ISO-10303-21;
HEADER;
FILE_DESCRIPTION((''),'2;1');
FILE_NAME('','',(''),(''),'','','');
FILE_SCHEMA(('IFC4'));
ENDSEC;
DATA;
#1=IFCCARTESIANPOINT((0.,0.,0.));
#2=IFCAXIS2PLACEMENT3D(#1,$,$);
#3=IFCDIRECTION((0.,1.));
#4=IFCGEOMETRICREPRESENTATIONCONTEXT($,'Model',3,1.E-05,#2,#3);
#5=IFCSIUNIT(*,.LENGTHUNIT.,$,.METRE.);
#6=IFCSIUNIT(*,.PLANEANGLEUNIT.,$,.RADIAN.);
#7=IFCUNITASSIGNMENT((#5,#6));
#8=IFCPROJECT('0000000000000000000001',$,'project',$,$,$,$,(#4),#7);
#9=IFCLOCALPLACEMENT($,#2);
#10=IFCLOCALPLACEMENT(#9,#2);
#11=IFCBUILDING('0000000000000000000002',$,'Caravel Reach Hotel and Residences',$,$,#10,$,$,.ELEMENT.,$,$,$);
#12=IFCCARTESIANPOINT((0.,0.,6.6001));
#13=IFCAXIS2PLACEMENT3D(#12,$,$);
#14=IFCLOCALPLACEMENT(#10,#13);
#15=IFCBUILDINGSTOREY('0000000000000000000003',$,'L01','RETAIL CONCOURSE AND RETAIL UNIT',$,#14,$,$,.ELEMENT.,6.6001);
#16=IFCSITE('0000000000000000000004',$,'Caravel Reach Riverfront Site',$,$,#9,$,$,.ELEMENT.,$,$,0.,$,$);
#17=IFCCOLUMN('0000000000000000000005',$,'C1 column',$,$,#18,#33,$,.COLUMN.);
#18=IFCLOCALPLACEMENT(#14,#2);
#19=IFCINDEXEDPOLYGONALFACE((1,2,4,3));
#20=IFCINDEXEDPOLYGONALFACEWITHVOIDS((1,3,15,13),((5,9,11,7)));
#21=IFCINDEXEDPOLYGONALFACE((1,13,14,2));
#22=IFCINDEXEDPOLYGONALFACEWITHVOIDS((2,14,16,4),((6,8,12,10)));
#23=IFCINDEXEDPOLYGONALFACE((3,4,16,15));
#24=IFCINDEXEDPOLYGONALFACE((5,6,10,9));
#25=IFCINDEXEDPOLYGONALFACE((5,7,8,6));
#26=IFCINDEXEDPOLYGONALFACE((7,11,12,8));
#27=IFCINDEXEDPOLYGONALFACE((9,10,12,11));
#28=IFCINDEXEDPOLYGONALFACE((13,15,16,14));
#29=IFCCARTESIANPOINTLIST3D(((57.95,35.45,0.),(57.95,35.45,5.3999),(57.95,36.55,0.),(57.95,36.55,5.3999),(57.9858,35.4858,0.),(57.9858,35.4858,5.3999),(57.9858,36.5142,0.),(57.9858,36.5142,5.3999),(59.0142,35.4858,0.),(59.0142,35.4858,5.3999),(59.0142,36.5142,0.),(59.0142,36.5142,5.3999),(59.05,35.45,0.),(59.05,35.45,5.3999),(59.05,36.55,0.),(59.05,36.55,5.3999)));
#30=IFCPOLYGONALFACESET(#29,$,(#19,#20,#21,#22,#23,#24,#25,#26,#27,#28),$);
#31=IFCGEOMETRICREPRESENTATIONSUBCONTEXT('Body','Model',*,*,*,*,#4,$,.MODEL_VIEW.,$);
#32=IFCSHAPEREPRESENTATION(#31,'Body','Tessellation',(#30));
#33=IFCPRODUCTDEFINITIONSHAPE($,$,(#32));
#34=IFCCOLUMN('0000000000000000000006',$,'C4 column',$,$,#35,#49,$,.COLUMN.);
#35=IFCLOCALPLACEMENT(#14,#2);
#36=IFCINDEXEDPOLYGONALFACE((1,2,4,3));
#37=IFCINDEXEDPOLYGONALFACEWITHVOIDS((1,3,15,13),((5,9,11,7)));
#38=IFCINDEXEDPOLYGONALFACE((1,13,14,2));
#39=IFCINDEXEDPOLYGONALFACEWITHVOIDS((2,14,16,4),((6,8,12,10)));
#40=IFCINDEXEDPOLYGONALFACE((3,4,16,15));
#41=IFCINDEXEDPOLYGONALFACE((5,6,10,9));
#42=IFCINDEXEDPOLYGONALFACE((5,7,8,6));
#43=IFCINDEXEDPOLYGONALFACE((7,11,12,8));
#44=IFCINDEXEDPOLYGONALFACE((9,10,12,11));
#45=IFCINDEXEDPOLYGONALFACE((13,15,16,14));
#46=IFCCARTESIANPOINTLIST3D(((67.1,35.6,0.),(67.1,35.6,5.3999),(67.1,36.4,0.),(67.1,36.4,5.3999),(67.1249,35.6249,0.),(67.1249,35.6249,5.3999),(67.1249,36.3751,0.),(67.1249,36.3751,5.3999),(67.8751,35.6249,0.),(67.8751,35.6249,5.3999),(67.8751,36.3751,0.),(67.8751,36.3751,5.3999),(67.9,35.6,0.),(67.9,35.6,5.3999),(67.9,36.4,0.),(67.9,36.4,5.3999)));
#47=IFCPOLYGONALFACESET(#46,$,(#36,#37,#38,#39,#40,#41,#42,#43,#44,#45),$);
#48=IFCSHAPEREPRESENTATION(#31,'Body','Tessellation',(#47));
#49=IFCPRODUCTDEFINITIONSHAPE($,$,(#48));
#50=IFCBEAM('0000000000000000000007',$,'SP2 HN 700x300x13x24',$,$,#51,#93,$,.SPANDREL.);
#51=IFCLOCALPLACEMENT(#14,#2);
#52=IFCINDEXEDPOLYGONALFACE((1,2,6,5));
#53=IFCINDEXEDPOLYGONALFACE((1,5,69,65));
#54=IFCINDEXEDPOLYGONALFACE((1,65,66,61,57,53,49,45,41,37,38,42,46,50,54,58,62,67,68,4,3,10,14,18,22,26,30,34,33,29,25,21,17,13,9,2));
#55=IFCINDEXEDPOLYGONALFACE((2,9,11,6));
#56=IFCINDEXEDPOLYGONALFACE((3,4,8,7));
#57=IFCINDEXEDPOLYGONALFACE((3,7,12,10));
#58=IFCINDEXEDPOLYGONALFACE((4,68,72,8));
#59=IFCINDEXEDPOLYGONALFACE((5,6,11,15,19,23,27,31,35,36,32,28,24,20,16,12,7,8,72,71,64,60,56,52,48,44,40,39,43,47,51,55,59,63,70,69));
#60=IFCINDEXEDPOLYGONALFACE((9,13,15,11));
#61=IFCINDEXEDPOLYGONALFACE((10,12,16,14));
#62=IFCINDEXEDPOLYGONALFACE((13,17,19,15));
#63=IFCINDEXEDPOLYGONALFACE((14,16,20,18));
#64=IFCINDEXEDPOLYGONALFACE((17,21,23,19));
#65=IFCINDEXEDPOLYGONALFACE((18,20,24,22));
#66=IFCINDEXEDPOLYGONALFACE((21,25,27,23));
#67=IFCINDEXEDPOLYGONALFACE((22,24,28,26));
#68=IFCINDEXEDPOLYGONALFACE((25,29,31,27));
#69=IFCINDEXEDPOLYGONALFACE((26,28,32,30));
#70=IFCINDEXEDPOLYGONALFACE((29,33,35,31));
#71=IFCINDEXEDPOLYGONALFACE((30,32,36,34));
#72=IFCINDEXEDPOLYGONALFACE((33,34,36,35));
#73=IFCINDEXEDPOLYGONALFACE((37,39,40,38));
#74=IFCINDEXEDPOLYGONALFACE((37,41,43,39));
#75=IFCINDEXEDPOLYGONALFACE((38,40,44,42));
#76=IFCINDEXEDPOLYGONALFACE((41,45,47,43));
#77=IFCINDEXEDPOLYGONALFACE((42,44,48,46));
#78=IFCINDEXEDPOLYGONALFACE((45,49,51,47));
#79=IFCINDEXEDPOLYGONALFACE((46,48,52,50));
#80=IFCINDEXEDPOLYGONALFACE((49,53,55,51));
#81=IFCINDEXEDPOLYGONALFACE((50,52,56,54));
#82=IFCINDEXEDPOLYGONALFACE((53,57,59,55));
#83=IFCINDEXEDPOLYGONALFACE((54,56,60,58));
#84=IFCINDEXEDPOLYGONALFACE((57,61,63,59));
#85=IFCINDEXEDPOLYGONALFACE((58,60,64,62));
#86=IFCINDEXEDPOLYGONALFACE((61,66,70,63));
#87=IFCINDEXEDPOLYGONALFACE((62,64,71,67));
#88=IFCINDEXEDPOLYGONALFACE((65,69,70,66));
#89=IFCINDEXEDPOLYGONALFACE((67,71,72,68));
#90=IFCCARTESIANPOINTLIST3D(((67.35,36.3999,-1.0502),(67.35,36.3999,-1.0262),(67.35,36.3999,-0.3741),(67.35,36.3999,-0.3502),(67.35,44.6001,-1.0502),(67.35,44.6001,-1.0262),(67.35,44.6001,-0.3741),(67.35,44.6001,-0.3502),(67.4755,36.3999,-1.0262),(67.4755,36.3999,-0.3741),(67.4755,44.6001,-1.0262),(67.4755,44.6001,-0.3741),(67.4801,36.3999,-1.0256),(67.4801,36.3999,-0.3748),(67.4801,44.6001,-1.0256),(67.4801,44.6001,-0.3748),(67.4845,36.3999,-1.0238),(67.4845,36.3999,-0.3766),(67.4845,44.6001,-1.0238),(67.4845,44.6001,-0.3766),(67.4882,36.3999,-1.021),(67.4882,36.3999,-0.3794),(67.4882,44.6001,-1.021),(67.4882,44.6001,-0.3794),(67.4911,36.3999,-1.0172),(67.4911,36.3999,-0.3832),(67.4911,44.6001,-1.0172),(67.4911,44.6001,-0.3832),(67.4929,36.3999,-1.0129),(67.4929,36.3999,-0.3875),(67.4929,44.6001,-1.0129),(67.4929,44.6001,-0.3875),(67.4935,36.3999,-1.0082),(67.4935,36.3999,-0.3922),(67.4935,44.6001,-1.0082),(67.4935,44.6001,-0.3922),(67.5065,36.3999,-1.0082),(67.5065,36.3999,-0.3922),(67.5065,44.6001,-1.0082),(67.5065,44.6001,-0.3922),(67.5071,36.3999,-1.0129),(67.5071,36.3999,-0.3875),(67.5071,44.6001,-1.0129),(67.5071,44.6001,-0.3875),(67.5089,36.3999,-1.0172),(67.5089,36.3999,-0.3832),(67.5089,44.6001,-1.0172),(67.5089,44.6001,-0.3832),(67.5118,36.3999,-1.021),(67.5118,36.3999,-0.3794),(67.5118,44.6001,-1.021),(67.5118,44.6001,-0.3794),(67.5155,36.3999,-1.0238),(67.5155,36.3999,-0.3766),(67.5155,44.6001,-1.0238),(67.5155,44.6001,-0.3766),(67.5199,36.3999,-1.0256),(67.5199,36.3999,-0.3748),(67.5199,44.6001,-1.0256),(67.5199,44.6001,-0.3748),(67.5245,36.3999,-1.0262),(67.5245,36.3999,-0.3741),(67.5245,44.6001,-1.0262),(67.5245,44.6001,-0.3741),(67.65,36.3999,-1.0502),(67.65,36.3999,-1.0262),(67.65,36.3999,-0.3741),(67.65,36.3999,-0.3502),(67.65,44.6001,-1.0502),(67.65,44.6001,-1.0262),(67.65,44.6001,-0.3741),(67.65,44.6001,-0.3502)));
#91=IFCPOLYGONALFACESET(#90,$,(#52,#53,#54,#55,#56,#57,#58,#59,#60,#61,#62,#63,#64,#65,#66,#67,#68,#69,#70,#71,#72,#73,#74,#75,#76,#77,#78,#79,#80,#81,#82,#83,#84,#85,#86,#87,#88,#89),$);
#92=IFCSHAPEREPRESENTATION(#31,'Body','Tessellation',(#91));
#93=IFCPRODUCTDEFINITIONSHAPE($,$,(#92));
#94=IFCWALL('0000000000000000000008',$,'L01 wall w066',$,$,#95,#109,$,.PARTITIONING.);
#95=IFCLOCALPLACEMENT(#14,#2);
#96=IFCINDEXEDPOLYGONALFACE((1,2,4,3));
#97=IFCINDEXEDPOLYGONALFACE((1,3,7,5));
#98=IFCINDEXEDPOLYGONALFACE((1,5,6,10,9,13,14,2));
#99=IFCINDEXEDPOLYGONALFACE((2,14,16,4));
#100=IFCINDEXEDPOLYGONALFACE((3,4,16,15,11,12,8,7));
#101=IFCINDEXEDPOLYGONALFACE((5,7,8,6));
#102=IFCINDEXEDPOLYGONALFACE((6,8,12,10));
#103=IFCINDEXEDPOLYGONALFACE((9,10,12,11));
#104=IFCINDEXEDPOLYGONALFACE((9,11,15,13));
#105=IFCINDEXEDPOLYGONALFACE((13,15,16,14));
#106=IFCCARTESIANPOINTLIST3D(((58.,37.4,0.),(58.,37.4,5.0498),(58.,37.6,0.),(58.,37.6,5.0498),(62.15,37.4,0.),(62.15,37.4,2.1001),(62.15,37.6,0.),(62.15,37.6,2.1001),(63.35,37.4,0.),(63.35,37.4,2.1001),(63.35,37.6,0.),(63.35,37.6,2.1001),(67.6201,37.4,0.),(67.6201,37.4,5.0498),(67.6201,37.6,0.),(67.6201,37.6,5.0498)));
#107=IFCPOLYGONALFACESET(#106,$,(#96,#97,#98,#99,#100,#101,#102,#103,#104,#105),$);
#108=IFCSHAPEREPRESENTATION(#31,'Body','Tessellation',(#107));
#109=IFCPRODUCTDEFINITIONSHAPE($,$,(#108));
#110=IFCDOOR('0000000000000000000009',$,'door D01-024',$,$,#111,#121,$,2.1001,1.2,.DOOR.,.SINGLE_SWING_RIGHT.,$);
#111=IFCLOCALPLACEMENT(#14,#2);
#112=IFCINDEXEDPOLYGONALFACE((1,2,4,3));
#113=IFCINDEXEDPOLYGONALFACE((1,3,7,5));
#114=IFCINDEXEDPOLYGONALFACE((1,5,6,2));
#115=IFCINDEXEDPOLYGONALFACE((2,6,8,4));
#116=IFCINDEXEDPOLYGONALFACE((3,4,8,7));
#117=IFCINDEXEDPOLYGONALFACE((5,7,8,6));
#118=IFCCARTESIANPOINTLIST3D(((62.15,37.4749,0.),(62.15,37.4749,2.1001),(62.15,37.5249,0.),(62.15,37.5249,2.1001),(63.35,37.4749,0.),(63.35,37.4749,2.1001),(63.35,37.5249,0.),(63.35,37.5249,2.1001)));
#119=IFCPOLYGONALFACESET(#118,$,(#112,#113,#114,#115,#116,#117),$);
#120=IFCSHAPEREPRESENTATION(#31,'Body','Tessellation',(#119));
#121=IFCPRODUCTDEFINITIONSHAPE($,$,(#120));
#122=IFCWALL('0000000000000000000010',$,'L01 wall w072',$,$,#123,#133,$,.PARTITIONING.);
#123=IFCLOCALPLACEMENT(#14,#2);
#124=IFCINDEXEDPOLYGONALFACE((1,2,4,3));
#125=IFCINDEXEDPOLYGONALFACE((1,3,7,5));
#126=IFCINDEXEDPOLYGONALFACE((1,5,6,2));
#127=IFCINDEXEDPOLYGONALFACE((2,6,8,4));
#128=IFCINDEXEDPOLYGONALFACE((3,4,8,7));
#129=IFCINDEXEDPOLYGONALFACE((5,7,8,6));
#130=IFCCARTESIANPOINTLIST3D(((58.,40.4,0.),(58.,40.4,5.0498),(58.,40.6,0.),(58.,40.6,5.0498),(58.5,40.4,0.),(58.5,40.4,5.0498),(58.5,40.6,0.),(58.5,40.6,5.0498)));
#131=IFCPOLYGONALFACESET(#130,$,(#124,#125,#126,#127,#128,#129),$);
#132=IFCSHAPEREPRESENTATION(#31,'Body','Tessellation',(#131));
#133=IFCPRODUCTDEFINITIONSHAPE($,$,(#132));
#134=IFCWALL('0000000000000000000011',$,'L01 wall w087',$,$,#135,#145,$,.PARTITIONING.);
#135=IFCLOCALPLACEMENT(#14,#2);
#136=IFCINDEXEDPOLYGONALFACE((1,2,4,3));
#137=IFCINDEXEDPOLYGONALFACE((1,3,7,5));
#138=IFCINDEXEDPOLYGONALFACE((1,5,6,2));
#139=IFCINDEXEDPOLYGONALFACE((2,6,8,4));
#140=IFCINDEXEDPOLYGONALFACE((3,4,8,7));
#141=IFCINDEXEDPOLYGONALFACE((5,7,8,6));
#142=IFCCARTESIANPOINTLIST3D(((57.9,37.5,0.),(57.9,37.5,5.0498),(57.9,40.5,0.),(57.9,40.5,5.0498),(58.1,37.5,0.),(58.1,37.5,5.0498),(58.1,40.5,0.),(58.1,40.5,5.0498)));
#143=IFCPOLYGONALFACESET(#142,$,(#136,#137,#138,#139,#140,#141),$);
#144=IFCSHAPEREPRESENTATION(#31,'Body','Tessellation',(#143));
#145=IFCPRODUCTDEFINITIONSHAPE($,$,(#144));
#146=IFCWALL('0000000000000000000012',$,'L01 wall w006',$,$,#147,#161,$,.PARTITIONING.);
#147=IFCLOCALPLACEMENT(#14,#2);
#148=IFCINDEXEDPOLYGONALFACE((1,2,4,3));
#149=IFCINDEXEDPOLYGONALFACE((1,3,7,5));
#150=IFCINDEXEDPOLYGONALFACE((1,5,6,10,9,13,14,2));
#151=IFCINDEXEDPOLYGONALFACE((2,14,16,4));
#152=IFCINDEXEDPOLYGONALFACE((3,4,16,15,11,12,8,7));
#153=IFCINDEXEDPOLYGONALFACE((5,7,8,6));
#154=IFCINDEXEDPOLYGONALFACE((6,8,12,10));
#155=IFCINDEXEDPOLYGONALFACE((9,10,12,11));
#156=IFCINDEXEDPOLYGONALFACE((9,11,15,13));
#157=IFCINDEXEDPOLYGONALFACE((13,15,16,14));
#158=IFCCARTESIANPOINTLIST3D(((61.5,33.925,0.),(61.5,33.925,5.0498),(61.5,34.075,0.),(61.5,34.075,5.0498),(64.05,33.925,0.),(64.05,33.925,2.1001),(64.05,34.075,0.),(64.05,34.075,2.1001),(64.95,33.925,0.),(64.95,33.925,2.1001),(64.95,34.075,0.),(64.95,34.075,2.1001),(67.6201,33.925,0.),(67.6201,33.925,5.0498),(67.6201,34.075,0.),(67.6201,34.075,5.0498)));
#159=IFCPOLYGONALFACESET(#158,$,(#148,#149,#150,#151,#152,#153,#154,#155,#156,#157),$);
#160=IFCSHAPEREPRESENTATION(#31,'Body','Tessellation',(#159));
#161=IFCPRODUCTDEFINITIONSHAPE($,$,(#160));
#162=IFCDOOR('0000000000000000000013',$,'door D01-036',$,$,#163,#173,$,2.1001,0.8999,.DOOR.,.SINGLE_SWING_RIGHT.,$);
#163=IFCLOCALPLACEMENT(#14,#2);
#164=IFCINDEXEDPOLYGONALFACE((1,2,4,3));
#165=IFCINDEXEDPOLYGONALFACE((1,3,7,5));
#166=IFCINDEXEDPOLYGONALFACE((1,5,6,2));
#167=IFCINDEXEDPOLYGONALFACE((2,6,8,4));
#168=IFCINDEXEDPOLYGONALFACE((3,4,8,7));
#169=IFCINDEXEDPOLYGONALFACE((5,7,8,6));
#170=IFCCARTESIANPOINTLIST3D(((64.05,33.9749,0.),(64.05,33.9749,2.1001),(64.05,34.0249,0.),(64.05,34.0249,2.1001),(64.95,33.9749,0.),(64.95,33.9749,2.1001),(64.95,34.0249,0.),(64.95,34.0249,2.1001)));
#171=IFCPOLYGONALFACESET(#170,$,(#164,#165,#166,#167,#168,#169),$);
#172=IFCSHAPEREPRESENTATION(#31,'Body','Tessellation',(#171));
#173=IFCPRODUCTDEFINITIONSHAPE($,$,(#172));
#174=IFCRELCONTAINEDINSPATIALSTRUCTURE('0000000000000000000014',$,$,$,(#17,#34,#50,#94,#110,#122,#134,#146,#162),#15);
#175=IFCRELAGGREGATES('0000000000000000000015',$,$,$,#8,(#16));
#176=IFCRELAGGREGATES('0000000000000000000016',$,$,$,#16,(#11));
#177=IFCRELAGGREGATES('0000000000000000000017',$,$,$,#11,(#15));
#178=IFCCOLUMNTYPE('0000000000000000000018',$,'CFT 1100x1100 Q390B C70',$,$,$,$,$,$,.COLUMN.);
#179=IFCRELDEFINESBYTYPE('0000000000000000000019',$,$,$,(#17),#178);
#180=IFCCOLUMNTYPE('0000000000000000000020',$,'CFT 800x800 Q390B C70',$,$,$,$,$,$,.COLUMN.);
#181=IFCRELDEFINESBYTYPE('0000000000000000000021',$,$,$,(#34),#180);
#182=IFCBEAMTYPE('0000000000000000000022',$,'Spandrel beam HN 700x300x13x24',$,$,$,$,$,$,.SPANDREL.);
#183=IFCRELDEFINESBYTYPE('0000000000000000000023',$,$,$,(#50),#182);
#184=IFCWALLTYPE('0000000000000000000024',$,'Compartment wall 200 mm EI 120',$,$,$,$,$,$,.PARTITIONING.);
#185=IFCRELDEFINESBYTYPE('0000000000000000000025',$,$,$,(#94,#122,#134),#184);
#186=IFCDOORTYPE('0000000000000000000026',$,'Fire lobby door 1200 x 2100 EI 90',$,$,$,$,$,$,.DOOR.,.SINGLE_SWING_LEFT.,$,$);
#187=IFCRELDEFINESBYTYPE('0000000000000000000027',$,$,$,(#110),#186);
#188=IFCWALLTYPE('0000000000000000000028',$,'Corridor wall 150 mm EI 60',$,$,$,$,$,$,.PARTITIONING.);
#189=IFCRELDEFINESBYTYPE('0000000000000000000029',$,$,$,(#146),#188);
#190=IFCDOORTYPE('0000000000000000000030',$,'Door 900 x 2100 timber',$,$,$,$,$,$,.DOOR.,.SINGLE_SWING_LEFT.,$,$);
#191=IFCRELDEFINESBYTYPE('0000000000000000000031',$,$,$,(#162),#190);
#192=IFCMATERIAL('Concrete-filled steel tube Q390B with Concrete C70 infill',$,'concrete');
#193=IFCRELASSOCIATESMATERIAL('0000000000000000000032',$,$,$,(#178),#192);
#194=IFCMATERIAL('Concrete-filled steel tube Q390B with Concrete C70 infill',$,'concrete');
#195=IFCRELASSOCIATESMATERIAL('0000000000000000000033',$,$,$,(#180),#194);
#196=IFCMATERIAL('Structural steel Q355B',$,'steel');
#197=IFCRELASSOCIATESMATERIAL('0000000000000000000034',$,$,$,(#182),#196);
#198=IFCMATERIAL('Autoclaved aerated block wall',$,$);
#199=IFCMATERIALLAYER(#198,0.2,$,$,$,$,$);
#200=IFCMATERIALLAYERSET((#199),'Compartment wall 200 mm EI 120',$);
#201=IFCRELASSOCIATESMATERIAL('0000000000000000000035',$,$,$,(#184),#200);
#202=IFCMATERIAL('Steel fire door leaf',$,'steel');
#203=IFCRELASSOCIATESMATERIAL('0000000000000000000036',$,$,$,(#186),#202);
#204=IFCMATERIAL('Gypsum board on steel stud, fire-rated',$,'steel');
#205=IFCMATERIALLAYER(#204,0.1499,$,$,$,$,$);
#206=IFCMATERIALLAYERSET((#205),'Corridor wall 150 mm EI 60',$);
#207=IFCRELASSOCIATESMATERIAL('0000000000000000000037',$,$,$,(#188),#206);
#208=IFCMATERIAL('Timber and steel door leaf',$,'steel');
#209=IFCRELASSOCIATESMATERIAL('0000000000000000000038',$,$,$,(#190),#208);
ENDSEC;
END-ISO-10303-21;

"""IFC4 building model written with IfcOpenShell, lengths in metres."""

from ifc_helpers import new_model, si_unit, direction, frame, frame_2d, origin, origin_2d, place, context, subcontext, project, spatial, rectangle, hollow_rectangle, i_section, extrude, material, layer, layer_set, material_profile, profile_set, type_object, element, fill, save


model = new_model("IFC4")

# Units and contexts
model_context = context("Model", 3, precision=1e-05, world=origin(), true_north=direction((0.0, 1.0)))
body_context = subcontext(model_context, "Body", "Model", "MODEL_VIEW")
ifc_project = project(units=[si_unit("LENGTHUNIT", "METRE"), si_unit("PLANEANGLEUNIT", "RADIAN")], contexts=[model_context])

# Site, building, storey
site_placement = place(None, origin())
site = spatial("IfcSite", under=ifc_project, at=site_placement, Name="Caravel Reach Riverfront Site", CompositionType="ELEMENT", RefElevation=0.0)
building_placement = place(site_placement, origin())
building = spatial("IfcBuilding", under=site, at=building_placement, Name="Caravel Reach Hotel and Residences", CompositionType="ELEMENT")
storey_placement = place(building_placement, frame((0.0, 0.0, 6.6001)))
storey = spatial("IfcBuildingStorey", under=building, at=storey_placement, Name="L01", Description="RETAIL CONCOURSE AND RETAIL UNIT", CompositionType="ELEMENT", Elevation=6.6001)

# Columns
ifc_material_1 = material(Name="Concrete-filled steel tube Q390B with Concrete C70 infill", Category="concrete")
ifc_material_profile_1 = material_profile(ifc_material_1, hollow_rectangle(XDim=1.1001, YDim=1.1001, WallThickness=0.0359, at=origin_2d()), Name="RHS 1100x1100x36")
ifc_profile_set_1 = profile_set([ifc_material_profile_1], Name="Concrete-filled steel tube Q390B with Concrete C70 infill")
column_type_1 = type_object("IfcColumnType", Name="CFT 1100x1100 Q390B C70", PredefinedType="COLUMN", material=ifc_profile_set_1)
column_1_placement = place(storey_placement, frame((58.5, 36.0, 0.0), z_axis=(0.0, 0.0, 1.0), x_axis=(1.0, 0.0, 0.0)))
element("IfcColumn", 1, at=column_1_placement, inside=storey, type_object=column_type_1, Name="C1 column", PredefinedType="COLUMN", context=body_context, shape_type="SweptSolid", body=[
    extrude(hollow_rectangle(XDim=1.1001, YDim=1.1001, WallThickness=0.0359, at=origin_2d()), origin(), (0.0, 0.0, 1.0), 5.3999),
])
ifc_material_2 = material(Name="Concrete-filled steel tube Q390B with Concrete C70 infill", Category="concrete")
ifc_material_profile_2 = material_profile(ifc_material_2, hollow_rectangle(XDim=0.8, YDim=0.8, WallThickness=0.0249, at=origin_2d()), Name="RHS 800x800x25")
ifc_profile_set_2 = profile_set([ifc_material_profile_2], Name="Concrete-filled steel tube Q390B with Concrete C70 infill")
column_type_2 = type_object("IfcColumnType", Name="CFT 800x800 Q390B C70", PredefinedType="COLUMN", material=ifc_profile_set_2)
column_2_placement = place(storey_placement, frame((67.5, 36.0, 0.0), z_axis=(0.0, 0.0, 1.0), x_axis=(1.0, 0.0, 0.0)))
element("IfcColumn", 2, at=column_2_placement, inside=storey, type_object=column_type_2, Name="C4 column", PredefinedType="COLUMN", context=body_context, shape_type="SweptSolid", body=[
    extrude(hollow_rectangle(XDim=0.8, YDim=0.8, WallThickness=0.0249, at=origin_2d()), origin(), (0.0, 0.0, 1.0), 5.3999),
])

# Beam
ifc_material_3 = material(Name="Structural steel Q355B", Category="steel")
ifc_material_profile_3 = material_profile(ifc_material_3, i_section(OverallWidth=0.3, OverallDepth=0.7, WebThickness=0.0129, FlangeThickness=0.0239, FilletRadius=0.0181, at=origin_2d()), Name="HN 700x300x13x24")
ifc_profile_set_3 = profile_set([ifc_material_profile_3], Name="Structural steel Q355B")
beam_type = type_object("IfcBeamType", Name="Spandrel beam HN 700x300x13x24", PredefinedType="SPANDREL", material=ifc_profile_set_3)
beam_placement = place(storey_placement, frame((67.5, 36.3999, -0.7002), z_axis=(0.0, 1.0, 0.0), x_axis=(-1.0, 0.0, 0.0)))
element("IfcBeam", 3, at=beam_placement, inside=storey, type_object=beam_type, Name="SP2 HN 700x300x13x24", PredefinedType="SPANDREL", context=body_context, shape_type="SweptSolid", body=[
    extrude(i_section(OverallWidth=0.3, OverallDepth=0.7, WebThickness=0.0129, FlangeThickness=0.0239, FilletRadius=0.0181, at=origin_2d()), origin(), (0.0, 0.0, 1.0), 8.2002),
])

# Wall, opening, door
ifc_material_4 = material(Name="Autoclaved aerated block wall")
ifc_layer_1 = layer(ifc_material_4, 0.2)
ifc_layer_set_1 = layer_set([ifc_layer_1], Name="Compartment wall 200 mm EI 120")
wall_type_1 = type_object("IfcWallType", Name="Compartment wall 200 mm EI 120", PredefinedType="PARTITIONING", material=ifc_layer_set_1)
wall_1_placement = place(storey_placement, frame((58.0, 37.5, 0.0), z_axis=(0.0, 0.0, 1.0), x_axis=(1.0, 0.0, 0.0)))
wall_1 = element("IfcWall", 4, at=wall_1_placement, inside=storey, type_object=wall_type_1, Name="L01 wall w066", PredefinedType="PARTITIONING", context=body_context, shape_type="SweptSolid", body=[
    extrude(rectangle(XDim=9.6201, YDim=0.2, at=frame_2d((4.8101, 0.0))), origin(), (0.0, 0.0, 1.0), 5.0498),
])
opening_1_placement = place(wall_1_placement, frame((4.1499, 0.0, 0.0)))
opening_1 = element("IfcOpeningElement", 5, at=opening_1_placement, cuts=wall_1, PredefinedType="OPENING", context=body_context, shape_type="SweptSolid", body=[
    extrude(rectangle(XDim=1.2, YDim=2.1001, at=frame_2d((0.6001, 1.05))), frame((0.0, 0.1099, 0.0), z_axis=(0.0, -1.0, 0.0), x_axis=(1.0, 0.0, 0.0)), (0.0, 0.0, 1.0), 0.22),
])
ifc_material_5 = material(Name="Steel fire door leaf", Category="steel")
door_type_1 = type_object("IfcDoorType", Name="Fire lobby door 1200 x 2100 EI 90", OperationType="SINGLE_SWING_LEFT", PredefinedType="DOOR", material=ifc_material_5)
door_1_placement = place(opening_1_placement, origin())
door_1 = element("IfcDoor", 6, at=door_1_placement, inside=storey, type_object=door_type_1, Name="door D01-024", OperationType="SINGLE_SWING_RIGHT", OverallHeight=2.1001, OverallWidth=1.2, PredefinedType="DOOR", context=body_context, shape_type="SweptSolid", body=[
    extrude(rectangle(XDim=1.2, YDim=2.1001, at=frame_2d((0.6001, 1.05))), frame((0.0, 0.0249, 0.0), z_axis=(0.0, -1.0, 0.0), x_axis=(1.0, 0.0, 0.0)), (0.0, 0.0, 1.0), 0.05),
])
fill(opening_1, door_1)

# Walls
wall_2_placement = place(storey_placement, frame((58.0, 40.5, 0.0), z_axis=(0.0, 0.0, 1.0), x_axis=(1.0, 0.0, 0.0)))
element("IfcWall", 7, at=wall_2_placement, inside=storey, type_object=wall_type_1, Name="L01 wall w072", PredefinedType="PARTITIONING", context=body_context, shape_type="SweptSolid", body=[
    extrude(rectangle(XDim=0.5, YDim=0.2, at=frame_2d((0.25, 0.0))), origin(), (0.0, 0.0, 1.0), 5.0498),
])
wall_3_placement = place(storey_placement, frame((58.0, 37.5, 0.0), z_axis=(0.0, 0.0, 1.0), x_axis=(0.0, 1.0, 0.0)))
element("IfcWall", 8, at=wall_3_placement, inside=storey, type_object=wall_type_1, Name="L01 wall w087", PredefinedType="PARTITIONING", context=body_context, shape_type="SweptSolid", body=[
    extrude(rectangle(XDim=3.0, YDim=0.2, at=frame_2d((1.5, 0.0))), origin(), (0.0, 0.0, 1.0), 5.0498),
])

# Wall, opening, door
ifc_material_6 = material(Name="Gypsum board on steel stud, fire-rated", Category="steel")
ifc_layer_2 = layer(ifc_material_6, 0.1499)
ifc_layer_set_2 = layer_set([ifc_layer_2], Name="Corridor wall 150 mm EI 60")
wall_type_2 = type_object("IfcWallType", Name="Corridor wall 150 mm EI 60", PredefinedType="PARTITIONING", material=ifc_layer_set_2)
wall_4_placement = place(storey_placement, frame((61.5, 34.0, 0.0), z_axis=(0.0, 0.0, 1.0), x_axis=(1.0, 0.0, 0.0)))
wall_4 = element("IfcWall", 9, at=wall_4_placement, inside=storey, type_object=wall_type_2, Name="L01 wall w006", PredefinedType="PARTITIONING", context=body_context, shape_type="SweptSolid", body=[
    extrude(rectangle(XDim=6.1201, YDim=0.1499, at=frame_2d((3.0601, 0.0))), origin(), (0.0, 0.0, 1.0), 5.0498),
])
opening_2_placement = place(wall_4_placement, frame((2.55, 0.0, 0.0)))
opening_2 = element("IfcOpeningElement", 10, at=opening_2_placement, cuts=wall_4, PredefinedType="OPENING", context=body_context, shape_type="SweptSolid", body=[
    extrude(rectangle(XDim=0.8999, YDim=2.1001, at=frame_2d((0.45, 1.05))), frame((0.0, 0.085, 0.0), z_axis=(0.0, -1.0, 0.0), x_axis=(1.0, 0.0, 0.0)), (0.0, 0.0, 1.0), 0.1699),
])
ifc_material_7 = material(Name="Timber and steel door leaf", Category="steel")
door_type_2 = type_object("IfcDoorType", Name="Door 900 x 2100 timber", OperationType="SINGLE_SWING_LEFT", PredefinedType="DOOR", material=ifc_material_7)
door_2_placement = place(opening_2_placement, origin())
door_2 = element("IfcDoor", 11, at=door_2_placement, inside=storey, type_object=door_type_2, Name="door D01-036", OperationType="SINGLE_SWING_RIGHT", OverallHeight=2.1001, OverallWidth=0.8999, PredefinedType="DOOR", context=body_context, shape_type="SweptSolid", body=[
    extrude(rectangle(XDim=0.8999, YDim=2.1001, at=frame_2d((0.45, 1.05))), frame((0.0, 0.0249, 0.0), z_axis=(0.0, -1.0, 0.0), x_axis=(1.0, 0.0, 0.0)), (0.0, 0.0, 1.0), 0.05),
])
fill(opening_2, door_2)

save(model, "model.ifc")
